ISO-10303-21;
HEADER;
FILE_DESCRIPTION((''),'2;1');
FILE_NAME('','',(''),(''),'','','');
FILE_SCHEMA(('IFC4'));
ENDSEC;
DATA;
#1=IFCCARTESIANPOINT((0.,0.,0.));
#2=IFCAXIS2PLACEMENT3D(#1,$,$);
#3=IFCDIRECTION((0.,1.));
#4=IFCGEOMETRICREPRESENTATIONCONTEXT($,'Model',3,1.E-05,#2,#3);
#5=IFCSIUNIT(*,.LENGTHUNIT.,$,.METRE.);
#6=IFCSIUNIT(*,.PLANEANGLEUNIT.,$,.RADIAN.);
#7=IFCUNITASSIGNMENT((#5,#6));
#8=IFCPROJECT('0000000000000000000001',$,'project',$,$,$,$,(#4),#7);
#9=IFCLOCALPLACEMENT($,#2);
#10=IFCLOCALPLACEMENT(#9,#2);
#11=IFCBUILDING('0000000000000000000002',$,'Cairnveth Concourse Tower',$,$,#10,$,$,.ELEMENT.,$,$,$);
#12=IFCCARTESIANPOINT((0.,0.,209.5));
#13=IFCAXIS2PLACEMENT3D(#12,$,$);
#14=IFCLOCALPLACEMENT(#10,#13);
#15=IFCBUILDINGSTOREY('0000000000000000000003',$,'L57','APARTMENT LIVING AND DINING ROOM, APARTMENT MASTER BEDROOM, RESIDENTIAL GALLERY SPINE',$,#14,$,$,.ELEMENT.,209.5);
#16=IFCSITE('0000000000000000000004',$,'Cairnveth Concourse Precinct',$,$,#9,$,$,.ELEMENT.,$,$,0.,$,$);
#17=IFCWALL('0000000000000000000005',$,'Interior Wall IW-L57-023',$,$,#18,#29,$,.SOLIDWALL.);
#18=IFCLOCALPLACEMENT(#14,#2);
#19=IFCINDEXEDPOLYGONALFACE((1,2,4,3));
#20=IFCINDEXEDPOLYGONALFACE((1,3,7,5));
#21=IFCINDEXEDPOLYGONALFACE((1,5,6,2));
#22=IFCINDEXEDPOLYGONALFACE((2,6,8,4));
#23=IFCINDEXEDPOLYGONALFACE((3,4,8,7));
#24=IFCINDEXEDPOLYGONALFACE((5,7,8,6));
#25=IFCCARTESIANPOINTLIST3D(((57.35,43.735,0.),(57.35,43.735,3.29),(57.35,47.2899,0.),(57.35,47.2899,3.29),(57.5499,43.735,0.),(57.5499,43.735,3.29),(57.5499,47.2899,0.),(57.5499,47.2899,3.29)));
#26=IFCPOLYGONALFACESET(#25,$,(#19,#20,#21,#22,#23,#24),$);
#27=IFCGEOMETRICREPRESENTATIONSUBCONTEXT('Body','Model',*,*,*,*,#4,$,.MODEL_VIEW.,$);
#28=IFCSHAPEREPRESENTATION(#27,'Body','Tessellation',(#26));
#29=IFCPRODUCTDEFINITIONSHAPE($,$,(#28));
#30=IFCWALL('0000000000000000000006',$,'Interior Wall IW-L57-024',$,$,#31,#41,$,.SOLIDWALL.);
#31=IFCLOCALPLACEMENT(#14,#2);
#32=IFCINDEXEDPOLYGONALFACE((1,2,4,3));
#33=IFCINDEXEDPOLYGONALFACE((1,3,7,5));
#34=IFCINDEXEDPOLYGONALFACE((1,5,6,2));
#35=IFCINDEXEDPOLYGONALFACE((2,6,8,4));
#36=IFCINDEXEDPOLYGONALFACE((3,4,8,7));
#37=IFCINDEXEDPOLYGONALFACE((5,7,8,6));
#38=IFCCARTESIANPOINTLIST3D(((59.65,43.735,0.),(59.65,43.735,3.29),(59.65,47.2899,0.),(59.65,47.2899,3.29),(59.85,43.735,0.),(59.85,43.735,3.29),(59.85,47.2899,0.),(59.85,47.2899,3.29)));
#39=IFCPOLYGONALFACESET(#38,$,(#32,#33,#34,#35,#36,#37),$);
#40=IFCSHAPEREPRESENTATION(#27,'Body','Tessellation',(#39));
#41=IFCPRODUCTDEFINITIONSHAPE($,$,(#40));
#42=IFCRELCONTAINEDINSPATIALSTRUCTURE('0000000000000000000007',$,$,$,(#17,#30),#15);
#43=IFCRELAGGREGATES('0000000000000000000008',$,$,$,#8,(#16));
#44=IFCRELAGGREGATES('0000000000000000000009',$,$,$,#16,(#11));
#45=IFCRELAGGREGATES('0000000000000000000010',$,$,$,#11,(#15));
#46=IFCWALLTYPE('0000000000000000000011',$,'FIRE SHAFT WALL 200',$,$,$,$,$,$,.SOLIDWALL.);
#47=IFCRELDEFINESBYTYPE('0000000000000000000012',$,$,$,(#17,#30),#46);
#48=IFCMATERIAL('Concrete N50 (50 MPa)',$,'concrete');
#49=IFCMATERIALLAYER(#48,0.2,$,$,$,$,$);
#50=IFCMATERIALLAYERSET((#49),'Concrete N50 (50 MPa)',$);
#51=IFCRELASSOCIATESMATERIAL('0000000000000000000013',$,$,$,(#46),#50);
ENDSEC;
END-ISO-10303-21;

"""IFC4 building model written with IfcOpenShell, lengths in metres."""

from ifc_helpers import new_model, si_unit, direction, frame, frame_2d, origin, place, context, subcontext, project, spatial, rectangle, extrude, material, layer, layer_set, type_object, element, save


model = new_model("IFC4")

# Units and contexts
model_context = context("Model", 3, precision=1e-05, world=origin(), true_north=direction((0.0, 1.0)))
body_context = subcontext(model_context, "Body", "Model", "MODEL_VIEW")
ifc_project = project(units=[si_unit("LENGTHUNIT", "METRE"), si_unit("PLANEANGLEUNIT", "RADIAN")], contexts=[model_context])

# Site, building, storey
site_placement = place(None, origin())
site = spatial("IfcSite", under=ifc_project, at=site_placement, Name="Cairnveth Concourse Precinct", CompositionType="ELEMENT", RefElevation=0.0)
building_placement = place(site_placement, origin())
building = spatial("IfcBuilding", under=site, at=building_placement, Name="Cairnveth Concourse Tower", CompositionType="ELEMENT")
storey_placement = place(building_placement, frame((0.0, 0.0, 209.5)))
storey = spatial("IfcBuildingStorey", under=building, at=storey_placement, Name="L57", Description="APARTMENT LIVING AND DINING ROOM, APARTMENT MASTER BEDROOM, RESIDENTIAL GALLERY SPINE", CompositionType="ELEMENT", Elevation=209.5)

# Shared definitions
ifc_material_1 = material(Name="Concrete N50 (50 MPa)", Category="concrete")
ifc_layer_1 = layer(ifc_material_1, 0.2)
ifc_layer_set_1 = layer_set([ifc_layer_1], Name="Concrete N50 (50 MPa)")
wall_type_1 = type_object("IfcWallType", Name="FIRE SHAFT WALL 200", PredefinedType="SOLIDWALL", material=ifc_layer_set_1)

# Walls
for number, where, z_axis, x_axis, name in (
    (1, (57.45, 43.7351, 0.0), (0.0, 0.0, 1.0), (0.0, 1.0, 0.0), "Interior Wall IW-L57-023"),
    (2, (59.75, 43.7351, 0.0), (0.0, 0.0, 1.0), (0.0, 1.0, 0.0), "Interior Wall IW-L57-024"),
):
    element("IfcWall", number, at=place(storey_placement, frame(where, z_axis=z_axis, x_axis=x_axis)), inside=storey, type_object=wall_type_1, Name=name, PredefinedType="SOLIDWALL", context=body_context, shape_type="SweptSolid", body=[
        extrude(rectangle(XDim=3.5549, YDim=0.2, at=frame_2d((1.7773, 0.0))), origin(), (0.0, 0.0, 1.0), 3.29),
    ])

save(model, "model.ifc")
